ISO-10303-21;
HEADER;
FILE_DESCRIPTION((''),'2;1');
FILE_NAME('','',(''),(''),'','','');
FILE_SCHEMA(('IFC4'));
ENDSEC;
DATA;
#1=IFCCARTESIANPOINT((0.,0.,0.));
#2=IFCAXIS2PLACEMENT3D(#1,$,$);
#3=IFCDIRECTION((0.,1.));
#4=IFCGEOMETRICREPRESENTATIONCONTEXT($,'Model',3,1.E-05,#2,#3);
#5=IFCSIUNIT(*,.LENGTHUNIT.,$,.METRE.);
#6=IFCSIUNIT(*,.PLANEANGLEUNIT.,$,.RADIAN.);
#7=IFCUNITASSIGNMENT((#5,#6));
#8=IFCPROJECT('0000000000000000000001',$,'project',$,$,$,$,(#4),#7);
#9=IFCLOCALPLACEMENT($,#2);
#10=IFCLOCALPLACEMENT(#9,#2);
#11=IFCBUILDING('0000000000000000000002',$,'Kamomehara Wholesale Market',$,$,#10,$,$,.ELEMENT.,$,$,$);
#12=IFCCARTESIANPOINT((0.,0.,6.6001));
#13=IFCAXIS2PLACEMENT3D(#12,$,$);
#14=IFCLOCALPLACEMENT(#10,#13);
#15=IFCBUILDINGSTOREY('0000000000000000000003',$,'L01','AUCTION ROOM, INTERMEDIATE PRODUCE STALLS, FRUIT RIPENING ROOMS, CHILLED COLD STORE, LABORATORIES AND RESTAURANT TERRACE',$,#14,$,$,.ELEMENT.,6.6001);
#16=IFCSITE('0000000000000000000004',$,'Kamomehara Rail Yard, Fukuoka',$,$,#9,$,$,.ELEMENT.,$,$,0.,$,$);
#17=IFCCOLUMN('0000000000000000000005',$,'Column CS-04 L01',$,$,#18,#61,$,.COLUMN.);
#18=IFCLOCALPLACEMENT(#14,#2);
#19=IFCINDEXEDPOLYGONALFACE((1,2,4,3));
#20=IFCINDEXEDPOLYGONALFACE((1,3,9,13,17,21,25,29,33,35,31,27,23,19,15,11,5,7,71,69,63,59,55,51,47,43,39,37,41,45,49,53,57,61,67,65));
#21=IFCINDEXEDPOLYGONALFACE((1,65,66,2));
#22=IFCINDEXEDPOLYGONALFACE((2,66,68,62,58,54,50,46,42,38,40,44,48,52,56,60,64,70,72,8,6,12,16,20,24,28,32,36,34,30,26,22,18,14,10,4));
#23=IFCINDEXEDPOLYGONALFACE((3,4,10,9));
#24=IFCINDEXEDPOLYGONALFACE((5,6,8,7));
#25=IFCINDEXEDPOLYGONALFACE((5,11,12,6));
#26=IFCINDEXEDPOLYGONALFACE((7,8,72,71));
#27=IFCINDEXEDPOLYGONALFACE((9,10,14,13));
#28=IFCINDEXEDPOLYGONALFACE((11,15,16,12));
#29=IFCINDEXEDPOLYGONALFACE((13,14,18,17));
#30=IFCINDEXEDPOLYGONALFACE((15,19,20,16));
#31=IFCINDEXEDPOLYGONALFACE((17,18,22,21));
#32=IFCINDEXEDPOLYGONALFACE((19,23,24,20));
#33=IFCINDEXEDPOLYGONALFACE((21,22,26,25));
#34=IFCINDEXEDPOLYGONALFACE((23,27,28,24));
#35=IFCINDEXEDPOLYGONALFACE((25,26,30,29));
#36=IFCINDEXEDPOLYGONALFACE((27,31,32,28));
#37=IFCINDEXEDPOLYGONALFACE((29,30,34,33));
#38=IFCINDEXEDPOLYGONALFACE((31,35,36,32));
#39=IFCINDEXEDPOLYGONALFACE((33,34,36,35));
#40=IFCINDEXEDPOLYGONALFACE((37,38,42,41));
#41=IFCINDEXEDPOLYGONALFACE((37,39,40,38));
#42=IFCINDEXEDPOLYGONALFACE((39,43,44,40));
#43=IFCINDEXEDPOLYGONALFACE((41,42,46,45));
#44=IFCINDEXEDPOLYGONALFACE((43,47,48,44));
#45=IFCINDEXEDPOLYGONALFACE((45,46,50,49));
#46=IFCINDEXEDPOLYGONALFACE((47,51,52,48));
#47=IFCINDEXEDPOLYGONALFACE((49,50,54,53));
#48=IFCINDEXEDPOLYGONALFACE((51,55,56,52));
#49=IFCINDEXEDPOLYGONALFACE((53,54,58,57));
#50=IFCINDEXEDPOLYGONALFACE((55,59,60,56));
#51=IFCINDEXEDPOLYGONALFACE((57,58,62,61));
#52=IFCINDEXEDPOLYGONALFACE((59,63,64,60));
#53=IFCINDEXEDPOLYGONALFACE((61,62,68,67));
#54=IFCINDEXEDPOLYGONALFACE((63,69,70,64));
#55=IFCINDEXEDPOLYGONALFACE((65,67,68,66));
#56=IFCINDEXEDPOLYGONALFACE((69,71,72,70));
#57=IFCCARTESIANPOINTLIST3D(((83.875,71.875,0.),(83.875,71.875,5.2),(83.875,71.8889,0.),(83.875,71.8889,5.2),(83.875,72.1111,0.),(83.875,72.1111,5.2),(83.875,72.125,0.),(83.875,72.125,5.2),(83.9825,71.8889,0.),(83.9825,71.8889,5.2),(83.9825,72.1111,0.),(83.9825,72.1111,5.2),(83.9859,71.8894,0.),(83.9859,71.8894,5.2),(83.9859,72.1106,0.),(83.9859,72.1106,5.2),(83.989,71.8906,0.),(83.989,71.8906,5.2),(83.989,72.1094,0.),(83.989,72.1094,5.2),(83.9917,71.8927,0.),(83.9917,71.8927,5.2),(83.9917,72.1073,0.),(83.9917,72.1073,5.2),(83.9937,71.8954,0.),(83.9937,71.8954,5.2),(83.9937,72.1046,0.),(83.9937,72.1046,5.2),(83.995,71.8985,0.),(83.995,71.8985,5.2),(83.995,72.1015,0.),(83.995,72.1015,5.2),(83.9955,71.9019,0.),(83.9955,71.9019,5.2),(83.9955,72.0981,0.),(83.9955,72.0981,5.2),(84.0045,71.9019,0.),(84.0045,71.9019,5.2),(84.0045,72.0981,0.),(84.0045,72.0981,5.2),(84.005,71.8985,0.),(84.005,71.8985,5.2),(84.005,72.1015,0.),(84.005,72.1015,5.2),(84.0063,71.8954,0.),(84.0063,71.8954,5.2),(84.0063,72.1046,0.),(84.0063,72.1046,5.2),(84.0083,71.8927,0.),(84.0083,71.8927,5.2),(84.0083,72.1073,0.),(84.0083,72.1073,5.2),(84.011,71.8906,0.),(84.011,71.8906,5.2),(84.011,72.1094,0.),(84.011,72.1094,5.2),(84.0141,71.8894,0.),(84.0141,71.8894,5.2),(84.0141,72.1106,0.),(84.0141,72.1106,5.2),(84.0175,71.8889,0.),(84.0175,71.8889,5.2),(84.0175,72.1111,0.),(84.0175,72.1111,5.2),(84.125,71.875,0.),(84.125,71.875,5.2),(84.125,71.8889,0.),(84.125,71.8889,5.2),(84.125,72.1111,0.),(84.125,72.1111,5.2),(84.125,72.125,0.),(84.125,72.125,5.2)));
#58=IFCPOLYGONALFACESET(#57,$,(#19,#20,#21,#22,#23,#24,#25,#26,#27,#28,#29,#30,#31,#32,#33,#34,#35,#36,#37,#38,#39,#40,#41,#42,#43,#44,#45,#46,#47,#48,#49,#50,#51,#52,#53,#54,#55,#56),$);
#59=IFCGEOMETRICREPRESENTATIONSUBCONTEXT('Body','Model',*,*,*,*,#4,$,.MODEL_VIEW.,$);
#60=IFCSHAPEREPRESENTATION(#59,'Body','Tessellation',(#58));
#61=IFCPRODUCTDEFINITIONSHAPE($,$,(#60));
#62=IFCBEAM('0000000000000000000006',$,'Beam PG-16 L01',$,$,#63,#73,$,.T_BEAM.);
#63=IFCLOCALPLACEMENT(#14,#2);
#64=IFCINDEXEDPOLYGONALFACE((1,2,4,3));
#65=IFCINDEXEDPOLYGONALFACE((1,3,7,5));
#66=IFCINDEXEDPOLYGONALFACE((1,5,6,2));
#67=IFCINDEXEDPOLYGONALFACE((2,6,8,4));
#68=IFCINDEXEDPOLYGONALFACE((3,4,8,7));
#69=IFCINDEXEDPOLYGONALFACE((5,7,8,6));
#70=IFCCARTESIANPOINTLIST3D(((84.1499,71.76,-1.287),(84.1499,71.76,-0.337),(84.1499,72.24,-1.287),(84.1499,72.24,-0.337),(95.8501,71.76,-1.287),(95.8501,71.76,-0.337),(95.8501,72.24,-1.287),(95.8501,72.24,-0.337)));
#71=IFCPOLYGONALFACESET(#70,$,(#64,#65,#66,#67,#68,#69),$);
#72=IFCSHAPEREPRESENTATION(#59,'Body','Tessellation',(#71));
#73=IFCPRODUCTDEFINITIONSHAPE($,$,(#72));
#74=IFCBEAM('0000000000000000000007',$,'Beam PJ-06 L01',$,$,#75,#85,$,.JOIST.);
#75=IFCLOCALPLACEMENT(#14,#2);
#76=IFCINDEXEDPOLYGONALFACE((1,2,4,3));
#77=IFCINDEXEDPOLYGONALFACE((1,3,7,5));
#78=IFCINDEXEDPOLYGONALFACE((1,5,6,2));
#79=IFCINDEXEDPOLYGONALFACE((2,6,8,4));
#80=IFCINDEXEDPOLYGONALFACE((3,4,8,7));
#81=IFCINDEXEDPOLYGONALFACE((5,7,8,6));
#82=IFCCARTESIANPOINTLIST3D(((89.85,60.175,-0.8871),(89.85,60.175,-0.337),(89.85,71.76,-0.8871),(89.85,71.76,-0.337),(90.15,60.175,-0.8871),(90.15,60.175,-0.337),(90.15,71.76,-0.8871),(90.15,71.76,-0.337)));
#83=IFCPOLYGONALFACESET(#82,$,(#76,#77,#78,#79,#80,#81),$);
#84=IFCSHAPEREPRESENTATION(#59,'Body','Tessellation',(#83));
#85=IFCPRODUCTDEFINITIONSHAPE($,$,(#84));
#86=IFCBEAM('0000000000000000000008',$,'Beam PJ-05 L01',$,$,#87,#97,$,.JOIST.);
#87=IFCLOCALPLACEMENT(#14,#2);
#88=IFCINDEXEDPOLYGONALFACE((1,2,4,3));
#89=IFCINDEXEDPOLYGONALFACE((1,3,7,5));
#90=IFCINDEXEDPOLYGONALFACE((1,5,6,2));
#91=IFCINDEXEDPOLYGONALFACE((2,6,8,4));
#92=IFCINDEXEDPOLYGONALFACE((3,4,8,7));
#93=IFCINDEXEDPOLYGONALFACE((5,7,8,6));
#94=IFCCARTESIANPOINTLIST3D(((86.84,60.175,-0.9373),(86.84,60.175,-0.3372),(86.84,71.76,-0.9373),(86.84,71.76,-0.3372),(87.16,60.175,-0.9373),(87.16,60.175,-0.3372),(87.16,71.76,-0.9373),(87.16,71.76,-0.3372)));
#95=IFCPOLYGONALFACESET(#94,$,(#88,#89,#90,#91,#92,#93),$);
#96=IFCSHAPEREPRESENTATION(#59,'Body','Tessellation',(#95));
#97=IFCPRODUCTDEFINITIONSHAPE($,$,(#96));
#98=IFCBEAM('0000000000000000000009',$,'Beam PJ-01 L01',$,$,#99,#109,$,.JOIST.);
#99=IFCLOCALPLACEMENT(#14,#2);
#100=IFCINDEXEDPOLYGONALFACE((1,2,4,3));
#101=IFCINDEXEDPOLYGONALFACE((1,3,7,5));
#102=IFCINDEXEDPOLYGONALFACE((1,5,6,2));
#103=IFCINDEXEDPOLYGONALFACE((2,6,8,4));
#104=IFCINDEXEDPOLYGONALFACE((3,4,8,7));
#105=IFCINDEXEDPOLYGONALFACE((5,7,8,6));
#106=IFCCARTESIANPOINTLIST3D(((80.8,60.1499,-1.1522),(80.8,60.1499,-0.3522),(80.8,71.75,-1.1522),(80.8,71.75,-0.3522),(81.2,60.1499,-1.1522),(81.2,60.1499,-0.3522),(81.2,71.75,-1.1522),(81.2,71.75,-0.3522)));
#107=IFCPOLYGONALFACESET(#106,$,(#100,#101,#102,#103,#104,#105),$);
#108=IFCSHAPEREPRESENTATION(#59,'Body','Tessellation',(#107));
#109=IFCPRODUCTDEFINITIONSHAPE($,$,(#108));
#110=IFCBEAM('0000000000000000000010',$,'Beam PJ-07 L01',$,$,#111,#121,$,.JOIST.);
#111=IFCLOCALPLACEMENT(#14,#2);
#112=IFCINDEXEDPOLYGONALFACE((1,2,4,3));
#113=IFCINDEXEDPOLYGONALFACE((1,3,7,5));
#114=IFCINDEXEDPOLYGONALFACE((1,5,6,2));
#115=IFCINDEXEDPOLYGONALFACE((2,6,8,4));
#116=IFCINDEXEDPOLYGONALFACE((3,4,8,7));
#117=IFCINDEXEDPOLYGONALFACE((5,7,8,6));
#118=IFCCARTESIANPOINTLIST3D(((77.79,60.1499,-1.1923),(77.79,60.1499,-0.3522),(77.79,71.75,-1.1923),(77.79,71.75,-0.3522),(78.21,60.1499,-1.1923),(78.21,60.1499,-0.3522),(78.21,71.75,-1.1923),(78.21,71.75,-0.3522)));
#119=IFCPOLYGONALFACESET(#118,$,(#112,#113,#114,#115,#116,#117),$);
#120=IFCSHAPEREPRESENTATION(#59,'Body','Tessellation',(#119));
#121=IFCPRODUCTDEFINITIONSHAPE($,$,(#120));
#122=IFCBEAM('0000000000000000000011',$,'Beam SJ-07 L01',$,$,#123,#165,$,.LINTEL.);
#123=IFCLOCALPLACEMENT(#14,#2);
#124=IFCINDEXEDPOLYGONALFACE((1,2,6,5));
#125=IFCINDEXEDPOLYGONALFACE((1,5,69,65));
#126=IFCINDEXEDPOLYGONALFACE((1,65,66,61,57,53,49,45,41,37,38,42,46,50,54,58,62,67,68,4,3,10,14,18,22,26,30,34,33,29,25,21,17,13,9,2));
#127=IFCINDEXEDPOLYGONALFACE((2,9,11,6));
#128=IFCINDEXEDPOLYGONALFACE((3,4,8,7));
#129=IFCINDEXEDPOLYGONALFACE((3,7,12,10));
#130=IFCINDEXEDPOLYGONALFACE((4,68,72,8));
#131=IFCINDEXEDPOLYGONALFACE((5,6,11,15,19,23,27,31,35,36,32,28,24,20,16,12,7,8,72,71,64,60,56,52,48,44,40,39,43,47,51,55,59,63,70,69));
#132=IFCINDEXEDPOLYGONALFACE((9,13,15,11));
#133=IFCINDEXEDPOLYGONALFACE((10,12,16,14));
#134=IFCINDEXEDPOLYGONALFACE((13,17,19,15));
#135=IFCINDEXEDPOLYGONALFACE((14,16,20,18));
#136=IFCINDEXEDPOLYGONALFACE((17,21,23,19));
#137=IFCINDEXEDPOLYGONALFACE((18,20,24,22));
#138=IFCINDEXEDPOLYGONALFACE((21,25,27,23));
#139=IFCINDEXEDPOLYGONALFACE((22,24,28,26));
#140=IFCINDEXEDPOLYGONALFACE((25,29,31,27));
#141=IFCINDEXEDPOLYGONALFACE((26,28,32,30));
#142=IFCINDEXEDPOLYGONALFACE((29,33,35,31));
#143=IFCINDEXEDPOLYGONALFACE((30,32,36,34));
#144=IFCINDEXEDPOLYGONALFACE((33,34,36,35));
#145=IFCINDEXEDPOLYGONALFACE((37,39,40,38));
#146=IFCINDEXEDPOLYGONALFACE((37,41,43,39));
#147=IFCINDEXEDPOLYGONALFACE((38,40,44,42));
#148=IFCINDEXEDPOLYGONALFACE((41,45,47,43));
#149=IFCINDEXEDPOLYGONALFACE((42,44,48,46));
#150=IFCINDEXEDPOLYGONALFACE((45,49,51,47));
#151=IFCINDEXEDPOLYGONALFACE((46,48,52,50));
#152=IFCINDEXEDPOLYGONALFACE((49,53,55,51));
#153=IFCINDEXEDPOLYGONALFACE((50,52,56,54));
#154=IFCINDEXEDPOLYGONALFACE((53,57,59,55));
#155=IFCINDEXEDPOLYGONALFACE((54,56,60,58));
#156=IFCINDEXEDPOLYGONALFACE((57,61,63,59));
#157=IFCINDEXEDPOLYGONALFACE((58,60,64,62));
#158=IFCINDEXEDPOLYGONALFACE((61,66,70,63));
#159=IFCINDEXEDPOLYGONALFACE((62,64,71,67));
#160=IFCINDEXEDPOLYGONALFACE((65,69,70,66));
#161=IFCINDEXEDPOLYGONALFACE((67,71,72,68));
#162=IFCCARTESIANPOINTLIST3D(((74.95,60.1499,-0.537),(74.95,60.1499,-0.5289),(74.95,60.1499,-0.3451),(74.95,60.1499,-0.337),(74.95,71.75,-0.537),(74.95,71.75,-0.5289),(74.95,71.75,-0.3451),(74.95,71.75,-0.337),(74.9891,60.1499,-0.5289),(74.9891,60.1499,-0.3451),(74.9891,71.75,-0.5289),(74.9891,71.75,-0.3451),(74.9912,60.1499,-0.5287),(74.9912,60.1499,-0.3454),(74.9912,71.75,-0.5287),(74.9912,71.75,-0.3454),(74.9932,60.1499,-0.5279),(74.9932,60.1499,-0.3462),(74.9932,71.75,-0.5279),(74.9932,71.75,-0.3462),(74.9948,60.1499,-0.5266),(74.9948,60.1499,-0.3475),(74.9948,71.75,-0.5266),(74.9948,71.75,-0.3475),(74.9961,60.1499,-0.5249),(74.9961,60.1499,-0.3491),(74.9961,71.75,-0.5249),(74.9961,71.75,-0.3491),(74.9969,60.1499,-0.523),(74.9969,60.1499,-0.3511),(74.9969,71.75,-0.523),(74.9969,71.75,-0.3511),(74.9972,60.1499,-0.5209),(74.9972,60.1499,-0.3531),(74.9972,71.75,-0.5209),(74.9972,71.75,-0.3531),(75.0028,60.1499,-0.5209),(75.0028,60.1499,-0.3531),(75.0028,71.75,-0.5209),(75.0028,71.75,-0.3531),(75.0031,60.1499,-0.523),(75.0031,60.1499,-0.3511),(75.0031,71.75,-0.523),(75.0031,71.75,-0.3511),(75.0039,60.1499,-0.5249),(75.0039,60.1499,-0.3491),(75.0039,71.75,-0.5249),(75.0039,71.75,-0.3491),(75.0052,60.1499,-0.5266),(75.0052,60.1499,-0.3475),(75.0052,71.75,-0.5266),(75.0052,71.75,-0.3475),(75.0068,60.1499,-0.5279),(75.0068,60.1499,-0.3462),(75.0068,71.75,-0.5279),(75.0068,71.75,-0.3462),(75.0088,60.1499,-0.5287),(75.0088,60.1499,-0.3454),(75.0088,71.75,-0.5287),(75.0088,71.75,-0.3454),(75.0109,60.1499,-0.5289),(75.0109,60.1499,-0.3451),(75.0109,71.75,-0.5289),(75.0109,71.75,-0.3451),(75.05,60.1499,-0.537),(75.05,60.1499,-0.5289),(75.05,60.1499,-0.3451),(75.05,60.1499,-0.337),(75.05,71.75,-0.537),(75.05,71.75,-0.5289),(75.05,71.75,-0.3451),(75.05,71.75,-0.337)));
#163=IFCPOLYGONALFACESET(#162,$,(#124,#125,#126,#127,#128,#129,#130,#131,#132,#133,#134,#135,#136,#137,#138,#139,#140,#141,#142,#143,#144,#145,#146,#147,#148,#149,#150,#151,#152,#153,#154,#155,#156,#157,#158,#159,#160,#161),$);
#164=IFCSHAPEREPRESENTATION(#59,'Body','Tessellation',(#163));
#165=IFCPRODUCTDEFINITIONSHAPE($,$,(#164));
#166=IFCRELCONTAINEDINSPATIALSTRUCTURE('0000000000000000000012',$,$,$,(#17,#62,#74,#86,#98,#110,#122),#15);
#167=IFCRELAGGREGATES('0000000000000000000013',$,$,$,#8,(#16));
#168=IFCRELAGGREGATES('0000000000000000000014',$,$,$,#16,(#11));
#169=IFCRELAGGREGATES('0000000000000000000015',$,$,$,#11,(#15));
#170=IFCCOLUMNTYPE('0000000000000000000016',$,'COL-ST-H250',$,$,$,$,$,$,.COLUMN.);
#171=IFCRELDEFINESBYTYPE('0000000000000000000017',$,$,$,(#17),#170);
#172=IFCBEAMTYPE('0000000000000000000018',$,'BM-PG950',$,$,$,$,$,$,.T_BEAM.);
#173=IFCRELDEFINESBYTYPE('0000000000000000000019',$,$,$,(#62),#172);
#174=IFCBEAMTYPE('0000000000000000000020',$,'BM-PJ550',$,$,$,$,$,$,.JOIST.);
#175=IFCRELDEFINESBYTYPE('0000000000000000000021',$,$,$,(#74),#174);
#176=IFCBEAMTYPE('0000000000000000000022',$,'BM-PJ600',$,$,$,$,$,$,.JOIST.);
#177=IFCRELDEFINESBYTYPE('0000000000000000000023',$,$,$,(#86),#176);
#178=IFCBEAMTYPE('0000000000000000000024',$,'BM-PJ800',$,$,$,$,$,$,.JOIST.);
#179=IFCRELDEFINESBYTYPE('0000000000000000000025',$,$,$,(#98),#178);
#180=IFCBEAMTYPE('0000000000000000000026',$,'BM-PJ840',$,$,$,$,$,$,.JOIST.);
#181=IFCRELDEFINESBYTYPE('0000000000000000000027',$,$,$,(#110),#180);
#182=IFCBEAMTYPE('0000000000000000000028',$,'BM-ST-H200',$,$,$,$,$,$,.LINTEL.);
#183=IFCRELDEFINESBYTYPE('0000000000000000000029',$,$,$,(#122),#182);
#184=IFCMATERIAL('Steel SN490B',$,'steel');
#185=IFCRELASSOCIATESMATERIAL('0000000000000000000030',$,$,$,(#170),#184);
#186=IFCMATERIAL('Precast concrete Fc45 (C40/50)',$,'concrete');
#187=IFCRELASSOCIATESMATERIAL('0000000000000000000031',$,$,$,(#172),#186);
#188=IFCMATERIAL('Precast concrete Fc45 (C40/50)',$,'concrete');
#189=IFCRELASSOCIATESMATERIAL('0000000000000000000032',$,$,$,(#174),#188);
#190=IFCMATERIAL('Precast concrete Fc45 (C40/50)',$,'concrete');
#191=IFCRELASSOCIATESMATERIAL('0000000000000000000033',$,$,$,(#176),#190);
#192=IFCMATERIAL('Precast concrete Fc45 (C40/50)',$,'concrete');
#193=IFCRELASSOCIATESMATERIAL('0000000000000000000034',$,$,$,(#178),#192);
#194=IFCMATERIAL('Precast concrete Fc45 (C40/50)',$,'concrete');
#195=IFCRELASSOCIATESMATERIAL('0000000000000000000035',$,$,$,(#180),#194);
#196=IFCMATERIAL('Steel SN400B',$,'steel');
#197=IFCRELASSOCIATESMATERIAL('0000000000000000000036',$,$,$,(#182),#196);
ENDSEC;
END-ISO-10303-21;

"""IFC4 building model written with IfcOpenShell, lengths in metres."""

from ifc_helpers import new_model, si_unit, direction, frame, origin, origin_2d, place, context, subcontext, project, spatial, rectangle, i_section, extrude, material, material_profile, profile_set, type_object, element, save


model = new_model("IFC4")

# Units and contexts
model_context = context("Model", 3, precision=1e-05, world=origin(), true_north=direction((0.0, 1.0)))
body_context = subcontext(model_context, "Body", "Model", "MODEL_VIEW")
ifc_project = project(units=[si_unit("LENGTHUNIT", "METRE"), si_unit("PLANEANGLEUNIT", "RADIAN")], contexts=[model_context])

# Site, building, storey
site_placement = place(None, origin())
site = spatial("IfcSite", under=ifc_project, at=site_placement, Name="Kamomehara Rail Yard, Fukuoka", CompositionType="ELEMENT", RefElevation=0.0)
building_placement = place(site_placement, origin())
building = spatial("IfcBuilding", under=site, at=building_placement, Name="Kamomehara Wholesale Market", CompositionType="ELEMENT")
storey_placement = place(building_placement, frame((0.0, 0.0, 6.6001)))
storey = spatial("IfcBuildingStorey", under=building, at=storey_placement, Name="L01", Description="AUCTION ROOM, INTERMEDIATE PRODUCE STALLS, FRUIT RIPENING ROOMS, CHILLED COLD STORE, LABORATORIES AND RESTAURANT TERRACE", CompositionType="ELEMENT", Elevation=6.6001)

# Column
ifc_material_1 = material(Name="Steel SN490B", Category="steel")
ifc_material_profile_1 = material_profile(ifc_material_1, i_section(OverallWidth=0.25, OverallDepth=0.25, WebThickness=0.009, FlangeThickness=0.0139, FilletRadius=0.0129, at=origin_2d()), Name="H-250x250x9x14")
ifc_profile_set_1 = profile_set([ifc_material_profile_1], Name="Steel SN490B")
column_type = type_object("IfcColumnType", Name="COL-ST-H250", PredefinedType="COLUMN", material=ifc_profile_set_1)
column_placement = place(storey_placement, frame((84.0, 72.0, 0.0), z_axis=(0.0, 0.0, 1.0), x_axis=(1.0, 0.0, 0.0)))
element("IfcColumn", 1, at=column_placement, inside=storey, type_object=column_type, Name="Column CS-04 L01", PredefinedType="COLUMN", context=body_context, shape_type="SweptSolid", body=[
    extrude(i_section(OverallWidth=0.25, OverallDepth=0.25, WebThickness=0.009, FlangeThickness=0.0139, FilletRadius=0.0129, at=origin_2d()), origin(), (0.0, 0.0, 1.0), 5.2),
])

# Beams
ifc_material_2 = material(Name="Precast concrete Fc45 (C40/50)", Category="concrete")
ifc_material_profile_2 = material_profile(ifc_material_2, rectangle(XDim=0.48, YDim=0.95, at=origin_2d()), Name="PC-GRD-480x950")
ifc_profile_set_2 = profile_set([ifc_material_profile_2], Name="Precast concrete Fc45 (C40/50)")
beam_type_1 = type_object("IfcBeamType", Name="BM-PG950", PredefinedType="T_BEAM", material=ifc_profile_set_2)
beam_1_placement = place(storey_placement, frame((84.1499, 72.0, -0.812), z_axis=(1.0, 0.0, 0.0), x_axis=(0.0, 1.0, 0.0)))
element("IfcBeam", 2, at=beam_1_placement, inside=storey, type_object=beam_type_1, Name="Beam PG-16 L01", PredefinedType="T_BEAM", context=body_context, shape_type="SweptSolid", body=[
    extrude(rectangle(XDim=0.48, YDim=0.95, at=origin_2d()), origin(), (0.0, 0.0, 1.0), 11.7002),
])
ifc_material_3 = material(Name="Precast concrete Fc45 (C40/50)", Category="concrete")
ifc_material_profile_3 = material_profile(ifc_material_3, rectangle(XDim=0.3, YDim=0.55, at=origin_2d()), Name="PC-JST-300x550")
ifc_profile_set_3 = profile_set([ifc_material_profile_3], Name="Precast concrete Fc45 (C40/50)")
beam_type_2 = type_object("IfcBeamType", Name="BM-PJ550", PredefinedType="JOIST", material=ifc_profile_set_3)
beam_2_placement = place(storey_placement, frame((90.0, 60.175, -0.6121), z_axis=(0.0, 1.0, 0.0), x_axis=(-1.0, 0.0, 0.0)))
element("IfcBeam", 3, at=beam_2_placement, inside=storey, type_object=beam_type_2, Name="Beam PJ-06 L01", PredefinedType="JOIST", context=body_context, shape_type="SweptSolid", body=[
    extrude(rectangle(XDim=0.3, YDim=0.55, at=origin_2d()), origin(), (0.0, 0.0, 1.0), 11.585),
])
ifc_material_4 = material(Name="Precast concrete Fc45 (C40/50)", Category="concrete")
ifc_material_profile_4 = material_profile(ifc_material_4, rectangle(XDim=0.3201, YDim=0.6001, at=origin_2d()), Name="PC-JST-320x600")
ifc_profile_set_4 = profile_set([ifc_material_profile_4], Name="Precast concrete Fc45 (C40/50)")
beam_type_3 = type_object("IfcBeamType", Name="BM-PJ600", PredefinedType="JOIST", material=ifc_profile_set_4)
beam_3_placement = place(storey_placement, frame((87.0, 60.175, -0.6372), z_axis=(0.0, 1.0, 0.0), x_axis=(-1.0, 0.0, 0.0)))
element("IfcBeam", 4, at=beam_3_placement, inside=storey, type_object=beam_type_3, Name="Beam PJ-05 L01", PredefinedType="JOIST", context=body_context, shape_type="SweptSolid", body=[
    extrude(rectangle(XDim=0.3201, YDim=0.6001, at=origin_2d()), origin(), (0.0, 0.0, 1.0), 11.585),
])
ifc_material_5 = material(Name="Precast concrete Fc45 (C40/50)", Category="concrete")
ifc_material_profile_5 = material_profile(ifc_material_5, rectangle(XDim=0.3999, YDim=0.8, at=origin_2d()), Name="PC-JST-400x800")
ifc_profile_set_5 = profile_set([ifc_material_profile_5], Name="Precast concrete Fc45 (C40/50)")
beam_type_4 = type_object("IfcBeamType", Name="BM-PJ800", PredefinedType="JOIST", material=ifc_profile_set_5)
beam_4_placement = place(storey_placement, frame((81.0, 60.1499, -0.7522), z_axis=(0.0, 1.0, 0.0), x_axis=(-1.0, 0.0, 0.0)))
element("IfcBeam", 5, at=beam_4_placement, inside=storey, type_object=beam_type_4, Name="Beam PJ-01 L01", PredefinedType="JOIST", context=body_context, shape_type="SweptSolid", body=[
    extrude(rectangle(XDim=0.3999, YDim=0.8, at=origin_2d()), origin(), (0.0, 0.0, 1.0), 11.6001),
])
ifc_material_6 = material(Name="Precast concrete Fc45 (C40/50)", Category="concrete")
ifc_material_profile_6 = material_profile(ifc_material_6, rectangle(XDim=0.4199, YDim=0.8401, at=origin_2d()), Name="PC-JST-420x840")
ifc_profile_set_6 = profile_set([ifc_material_profile_6], Name="Precast concrete Fc45 (C40/50)")
beam_type_5 = type_object("IfcBeamType", Name="BM-PJ840", PredefinedType="JOIST", material=ifc_profile_set_6)
beam_5_placement = place(storey_placement, frame((78.0, 60.1499, -0.7722), z_axis=(0.0, 1.0, 0.0), x_axis=(-1.0, 0.0, 0.0)))
element("IfcBeam", 6, at=beam_5_placement, inside=storey, type_object=beam_type_5, Name="Beam PJ-07 L01", PredefinedType="JOIST", context=body_context, shape_type="SweptSolid", body=[
    extrude(rectangle(XDim=0.4199, YDim=0.8401, at=origin_2d()), origin(), (0.0, 0.0, 1.0), 11.6001),
])
ifc_material_7 = material(Name="Steel SN400B", Category="steel")
ifc_material_profile_7 = material_profile(ifc_material_7, i_section(OverallWidth=0.1001, OverallDepth=0.2, WebThickness=0.0056, FlangeThickness=0.0081, FilletRadius=0.0081, at=origin_2d()), Name="H-200x100x5.5x8")
ifc_profile_set_7 = profile_set([ifc_material_profile_7], Name="Steel SN400B")
beam_type_6 = type_object("IfcBeamType", Name="BM-ST-H200", PredefinedType="LINTEL", material=ifc_profile_set_7)
beam_6_placement = place(storey_placement, frame((75.0, 60.1499, -0.437), z_axis=(0.0, 1.0, 0.0), x_axis=(-1.0, 0.0, 0.0)))
element("IfcBeam", 7, at=beam_6_placement, inside=storey, type_object=beam_type_6, Name="Beam SJ-07 L01", PredefinedType="LINTEL", context=body_context, shape_type="SweptSolid", body=[
    extrude(i_section(OverallWidth=0.1001, OverallDepth=0.2, WebThickness=0.0056, FlangeThickness=0.0081, FilletRadius=0.0081, at=origin_2d()), origin(), (0.0, 0.0, 1.0), 11.6001),
])

save(model, "model.ifc")
